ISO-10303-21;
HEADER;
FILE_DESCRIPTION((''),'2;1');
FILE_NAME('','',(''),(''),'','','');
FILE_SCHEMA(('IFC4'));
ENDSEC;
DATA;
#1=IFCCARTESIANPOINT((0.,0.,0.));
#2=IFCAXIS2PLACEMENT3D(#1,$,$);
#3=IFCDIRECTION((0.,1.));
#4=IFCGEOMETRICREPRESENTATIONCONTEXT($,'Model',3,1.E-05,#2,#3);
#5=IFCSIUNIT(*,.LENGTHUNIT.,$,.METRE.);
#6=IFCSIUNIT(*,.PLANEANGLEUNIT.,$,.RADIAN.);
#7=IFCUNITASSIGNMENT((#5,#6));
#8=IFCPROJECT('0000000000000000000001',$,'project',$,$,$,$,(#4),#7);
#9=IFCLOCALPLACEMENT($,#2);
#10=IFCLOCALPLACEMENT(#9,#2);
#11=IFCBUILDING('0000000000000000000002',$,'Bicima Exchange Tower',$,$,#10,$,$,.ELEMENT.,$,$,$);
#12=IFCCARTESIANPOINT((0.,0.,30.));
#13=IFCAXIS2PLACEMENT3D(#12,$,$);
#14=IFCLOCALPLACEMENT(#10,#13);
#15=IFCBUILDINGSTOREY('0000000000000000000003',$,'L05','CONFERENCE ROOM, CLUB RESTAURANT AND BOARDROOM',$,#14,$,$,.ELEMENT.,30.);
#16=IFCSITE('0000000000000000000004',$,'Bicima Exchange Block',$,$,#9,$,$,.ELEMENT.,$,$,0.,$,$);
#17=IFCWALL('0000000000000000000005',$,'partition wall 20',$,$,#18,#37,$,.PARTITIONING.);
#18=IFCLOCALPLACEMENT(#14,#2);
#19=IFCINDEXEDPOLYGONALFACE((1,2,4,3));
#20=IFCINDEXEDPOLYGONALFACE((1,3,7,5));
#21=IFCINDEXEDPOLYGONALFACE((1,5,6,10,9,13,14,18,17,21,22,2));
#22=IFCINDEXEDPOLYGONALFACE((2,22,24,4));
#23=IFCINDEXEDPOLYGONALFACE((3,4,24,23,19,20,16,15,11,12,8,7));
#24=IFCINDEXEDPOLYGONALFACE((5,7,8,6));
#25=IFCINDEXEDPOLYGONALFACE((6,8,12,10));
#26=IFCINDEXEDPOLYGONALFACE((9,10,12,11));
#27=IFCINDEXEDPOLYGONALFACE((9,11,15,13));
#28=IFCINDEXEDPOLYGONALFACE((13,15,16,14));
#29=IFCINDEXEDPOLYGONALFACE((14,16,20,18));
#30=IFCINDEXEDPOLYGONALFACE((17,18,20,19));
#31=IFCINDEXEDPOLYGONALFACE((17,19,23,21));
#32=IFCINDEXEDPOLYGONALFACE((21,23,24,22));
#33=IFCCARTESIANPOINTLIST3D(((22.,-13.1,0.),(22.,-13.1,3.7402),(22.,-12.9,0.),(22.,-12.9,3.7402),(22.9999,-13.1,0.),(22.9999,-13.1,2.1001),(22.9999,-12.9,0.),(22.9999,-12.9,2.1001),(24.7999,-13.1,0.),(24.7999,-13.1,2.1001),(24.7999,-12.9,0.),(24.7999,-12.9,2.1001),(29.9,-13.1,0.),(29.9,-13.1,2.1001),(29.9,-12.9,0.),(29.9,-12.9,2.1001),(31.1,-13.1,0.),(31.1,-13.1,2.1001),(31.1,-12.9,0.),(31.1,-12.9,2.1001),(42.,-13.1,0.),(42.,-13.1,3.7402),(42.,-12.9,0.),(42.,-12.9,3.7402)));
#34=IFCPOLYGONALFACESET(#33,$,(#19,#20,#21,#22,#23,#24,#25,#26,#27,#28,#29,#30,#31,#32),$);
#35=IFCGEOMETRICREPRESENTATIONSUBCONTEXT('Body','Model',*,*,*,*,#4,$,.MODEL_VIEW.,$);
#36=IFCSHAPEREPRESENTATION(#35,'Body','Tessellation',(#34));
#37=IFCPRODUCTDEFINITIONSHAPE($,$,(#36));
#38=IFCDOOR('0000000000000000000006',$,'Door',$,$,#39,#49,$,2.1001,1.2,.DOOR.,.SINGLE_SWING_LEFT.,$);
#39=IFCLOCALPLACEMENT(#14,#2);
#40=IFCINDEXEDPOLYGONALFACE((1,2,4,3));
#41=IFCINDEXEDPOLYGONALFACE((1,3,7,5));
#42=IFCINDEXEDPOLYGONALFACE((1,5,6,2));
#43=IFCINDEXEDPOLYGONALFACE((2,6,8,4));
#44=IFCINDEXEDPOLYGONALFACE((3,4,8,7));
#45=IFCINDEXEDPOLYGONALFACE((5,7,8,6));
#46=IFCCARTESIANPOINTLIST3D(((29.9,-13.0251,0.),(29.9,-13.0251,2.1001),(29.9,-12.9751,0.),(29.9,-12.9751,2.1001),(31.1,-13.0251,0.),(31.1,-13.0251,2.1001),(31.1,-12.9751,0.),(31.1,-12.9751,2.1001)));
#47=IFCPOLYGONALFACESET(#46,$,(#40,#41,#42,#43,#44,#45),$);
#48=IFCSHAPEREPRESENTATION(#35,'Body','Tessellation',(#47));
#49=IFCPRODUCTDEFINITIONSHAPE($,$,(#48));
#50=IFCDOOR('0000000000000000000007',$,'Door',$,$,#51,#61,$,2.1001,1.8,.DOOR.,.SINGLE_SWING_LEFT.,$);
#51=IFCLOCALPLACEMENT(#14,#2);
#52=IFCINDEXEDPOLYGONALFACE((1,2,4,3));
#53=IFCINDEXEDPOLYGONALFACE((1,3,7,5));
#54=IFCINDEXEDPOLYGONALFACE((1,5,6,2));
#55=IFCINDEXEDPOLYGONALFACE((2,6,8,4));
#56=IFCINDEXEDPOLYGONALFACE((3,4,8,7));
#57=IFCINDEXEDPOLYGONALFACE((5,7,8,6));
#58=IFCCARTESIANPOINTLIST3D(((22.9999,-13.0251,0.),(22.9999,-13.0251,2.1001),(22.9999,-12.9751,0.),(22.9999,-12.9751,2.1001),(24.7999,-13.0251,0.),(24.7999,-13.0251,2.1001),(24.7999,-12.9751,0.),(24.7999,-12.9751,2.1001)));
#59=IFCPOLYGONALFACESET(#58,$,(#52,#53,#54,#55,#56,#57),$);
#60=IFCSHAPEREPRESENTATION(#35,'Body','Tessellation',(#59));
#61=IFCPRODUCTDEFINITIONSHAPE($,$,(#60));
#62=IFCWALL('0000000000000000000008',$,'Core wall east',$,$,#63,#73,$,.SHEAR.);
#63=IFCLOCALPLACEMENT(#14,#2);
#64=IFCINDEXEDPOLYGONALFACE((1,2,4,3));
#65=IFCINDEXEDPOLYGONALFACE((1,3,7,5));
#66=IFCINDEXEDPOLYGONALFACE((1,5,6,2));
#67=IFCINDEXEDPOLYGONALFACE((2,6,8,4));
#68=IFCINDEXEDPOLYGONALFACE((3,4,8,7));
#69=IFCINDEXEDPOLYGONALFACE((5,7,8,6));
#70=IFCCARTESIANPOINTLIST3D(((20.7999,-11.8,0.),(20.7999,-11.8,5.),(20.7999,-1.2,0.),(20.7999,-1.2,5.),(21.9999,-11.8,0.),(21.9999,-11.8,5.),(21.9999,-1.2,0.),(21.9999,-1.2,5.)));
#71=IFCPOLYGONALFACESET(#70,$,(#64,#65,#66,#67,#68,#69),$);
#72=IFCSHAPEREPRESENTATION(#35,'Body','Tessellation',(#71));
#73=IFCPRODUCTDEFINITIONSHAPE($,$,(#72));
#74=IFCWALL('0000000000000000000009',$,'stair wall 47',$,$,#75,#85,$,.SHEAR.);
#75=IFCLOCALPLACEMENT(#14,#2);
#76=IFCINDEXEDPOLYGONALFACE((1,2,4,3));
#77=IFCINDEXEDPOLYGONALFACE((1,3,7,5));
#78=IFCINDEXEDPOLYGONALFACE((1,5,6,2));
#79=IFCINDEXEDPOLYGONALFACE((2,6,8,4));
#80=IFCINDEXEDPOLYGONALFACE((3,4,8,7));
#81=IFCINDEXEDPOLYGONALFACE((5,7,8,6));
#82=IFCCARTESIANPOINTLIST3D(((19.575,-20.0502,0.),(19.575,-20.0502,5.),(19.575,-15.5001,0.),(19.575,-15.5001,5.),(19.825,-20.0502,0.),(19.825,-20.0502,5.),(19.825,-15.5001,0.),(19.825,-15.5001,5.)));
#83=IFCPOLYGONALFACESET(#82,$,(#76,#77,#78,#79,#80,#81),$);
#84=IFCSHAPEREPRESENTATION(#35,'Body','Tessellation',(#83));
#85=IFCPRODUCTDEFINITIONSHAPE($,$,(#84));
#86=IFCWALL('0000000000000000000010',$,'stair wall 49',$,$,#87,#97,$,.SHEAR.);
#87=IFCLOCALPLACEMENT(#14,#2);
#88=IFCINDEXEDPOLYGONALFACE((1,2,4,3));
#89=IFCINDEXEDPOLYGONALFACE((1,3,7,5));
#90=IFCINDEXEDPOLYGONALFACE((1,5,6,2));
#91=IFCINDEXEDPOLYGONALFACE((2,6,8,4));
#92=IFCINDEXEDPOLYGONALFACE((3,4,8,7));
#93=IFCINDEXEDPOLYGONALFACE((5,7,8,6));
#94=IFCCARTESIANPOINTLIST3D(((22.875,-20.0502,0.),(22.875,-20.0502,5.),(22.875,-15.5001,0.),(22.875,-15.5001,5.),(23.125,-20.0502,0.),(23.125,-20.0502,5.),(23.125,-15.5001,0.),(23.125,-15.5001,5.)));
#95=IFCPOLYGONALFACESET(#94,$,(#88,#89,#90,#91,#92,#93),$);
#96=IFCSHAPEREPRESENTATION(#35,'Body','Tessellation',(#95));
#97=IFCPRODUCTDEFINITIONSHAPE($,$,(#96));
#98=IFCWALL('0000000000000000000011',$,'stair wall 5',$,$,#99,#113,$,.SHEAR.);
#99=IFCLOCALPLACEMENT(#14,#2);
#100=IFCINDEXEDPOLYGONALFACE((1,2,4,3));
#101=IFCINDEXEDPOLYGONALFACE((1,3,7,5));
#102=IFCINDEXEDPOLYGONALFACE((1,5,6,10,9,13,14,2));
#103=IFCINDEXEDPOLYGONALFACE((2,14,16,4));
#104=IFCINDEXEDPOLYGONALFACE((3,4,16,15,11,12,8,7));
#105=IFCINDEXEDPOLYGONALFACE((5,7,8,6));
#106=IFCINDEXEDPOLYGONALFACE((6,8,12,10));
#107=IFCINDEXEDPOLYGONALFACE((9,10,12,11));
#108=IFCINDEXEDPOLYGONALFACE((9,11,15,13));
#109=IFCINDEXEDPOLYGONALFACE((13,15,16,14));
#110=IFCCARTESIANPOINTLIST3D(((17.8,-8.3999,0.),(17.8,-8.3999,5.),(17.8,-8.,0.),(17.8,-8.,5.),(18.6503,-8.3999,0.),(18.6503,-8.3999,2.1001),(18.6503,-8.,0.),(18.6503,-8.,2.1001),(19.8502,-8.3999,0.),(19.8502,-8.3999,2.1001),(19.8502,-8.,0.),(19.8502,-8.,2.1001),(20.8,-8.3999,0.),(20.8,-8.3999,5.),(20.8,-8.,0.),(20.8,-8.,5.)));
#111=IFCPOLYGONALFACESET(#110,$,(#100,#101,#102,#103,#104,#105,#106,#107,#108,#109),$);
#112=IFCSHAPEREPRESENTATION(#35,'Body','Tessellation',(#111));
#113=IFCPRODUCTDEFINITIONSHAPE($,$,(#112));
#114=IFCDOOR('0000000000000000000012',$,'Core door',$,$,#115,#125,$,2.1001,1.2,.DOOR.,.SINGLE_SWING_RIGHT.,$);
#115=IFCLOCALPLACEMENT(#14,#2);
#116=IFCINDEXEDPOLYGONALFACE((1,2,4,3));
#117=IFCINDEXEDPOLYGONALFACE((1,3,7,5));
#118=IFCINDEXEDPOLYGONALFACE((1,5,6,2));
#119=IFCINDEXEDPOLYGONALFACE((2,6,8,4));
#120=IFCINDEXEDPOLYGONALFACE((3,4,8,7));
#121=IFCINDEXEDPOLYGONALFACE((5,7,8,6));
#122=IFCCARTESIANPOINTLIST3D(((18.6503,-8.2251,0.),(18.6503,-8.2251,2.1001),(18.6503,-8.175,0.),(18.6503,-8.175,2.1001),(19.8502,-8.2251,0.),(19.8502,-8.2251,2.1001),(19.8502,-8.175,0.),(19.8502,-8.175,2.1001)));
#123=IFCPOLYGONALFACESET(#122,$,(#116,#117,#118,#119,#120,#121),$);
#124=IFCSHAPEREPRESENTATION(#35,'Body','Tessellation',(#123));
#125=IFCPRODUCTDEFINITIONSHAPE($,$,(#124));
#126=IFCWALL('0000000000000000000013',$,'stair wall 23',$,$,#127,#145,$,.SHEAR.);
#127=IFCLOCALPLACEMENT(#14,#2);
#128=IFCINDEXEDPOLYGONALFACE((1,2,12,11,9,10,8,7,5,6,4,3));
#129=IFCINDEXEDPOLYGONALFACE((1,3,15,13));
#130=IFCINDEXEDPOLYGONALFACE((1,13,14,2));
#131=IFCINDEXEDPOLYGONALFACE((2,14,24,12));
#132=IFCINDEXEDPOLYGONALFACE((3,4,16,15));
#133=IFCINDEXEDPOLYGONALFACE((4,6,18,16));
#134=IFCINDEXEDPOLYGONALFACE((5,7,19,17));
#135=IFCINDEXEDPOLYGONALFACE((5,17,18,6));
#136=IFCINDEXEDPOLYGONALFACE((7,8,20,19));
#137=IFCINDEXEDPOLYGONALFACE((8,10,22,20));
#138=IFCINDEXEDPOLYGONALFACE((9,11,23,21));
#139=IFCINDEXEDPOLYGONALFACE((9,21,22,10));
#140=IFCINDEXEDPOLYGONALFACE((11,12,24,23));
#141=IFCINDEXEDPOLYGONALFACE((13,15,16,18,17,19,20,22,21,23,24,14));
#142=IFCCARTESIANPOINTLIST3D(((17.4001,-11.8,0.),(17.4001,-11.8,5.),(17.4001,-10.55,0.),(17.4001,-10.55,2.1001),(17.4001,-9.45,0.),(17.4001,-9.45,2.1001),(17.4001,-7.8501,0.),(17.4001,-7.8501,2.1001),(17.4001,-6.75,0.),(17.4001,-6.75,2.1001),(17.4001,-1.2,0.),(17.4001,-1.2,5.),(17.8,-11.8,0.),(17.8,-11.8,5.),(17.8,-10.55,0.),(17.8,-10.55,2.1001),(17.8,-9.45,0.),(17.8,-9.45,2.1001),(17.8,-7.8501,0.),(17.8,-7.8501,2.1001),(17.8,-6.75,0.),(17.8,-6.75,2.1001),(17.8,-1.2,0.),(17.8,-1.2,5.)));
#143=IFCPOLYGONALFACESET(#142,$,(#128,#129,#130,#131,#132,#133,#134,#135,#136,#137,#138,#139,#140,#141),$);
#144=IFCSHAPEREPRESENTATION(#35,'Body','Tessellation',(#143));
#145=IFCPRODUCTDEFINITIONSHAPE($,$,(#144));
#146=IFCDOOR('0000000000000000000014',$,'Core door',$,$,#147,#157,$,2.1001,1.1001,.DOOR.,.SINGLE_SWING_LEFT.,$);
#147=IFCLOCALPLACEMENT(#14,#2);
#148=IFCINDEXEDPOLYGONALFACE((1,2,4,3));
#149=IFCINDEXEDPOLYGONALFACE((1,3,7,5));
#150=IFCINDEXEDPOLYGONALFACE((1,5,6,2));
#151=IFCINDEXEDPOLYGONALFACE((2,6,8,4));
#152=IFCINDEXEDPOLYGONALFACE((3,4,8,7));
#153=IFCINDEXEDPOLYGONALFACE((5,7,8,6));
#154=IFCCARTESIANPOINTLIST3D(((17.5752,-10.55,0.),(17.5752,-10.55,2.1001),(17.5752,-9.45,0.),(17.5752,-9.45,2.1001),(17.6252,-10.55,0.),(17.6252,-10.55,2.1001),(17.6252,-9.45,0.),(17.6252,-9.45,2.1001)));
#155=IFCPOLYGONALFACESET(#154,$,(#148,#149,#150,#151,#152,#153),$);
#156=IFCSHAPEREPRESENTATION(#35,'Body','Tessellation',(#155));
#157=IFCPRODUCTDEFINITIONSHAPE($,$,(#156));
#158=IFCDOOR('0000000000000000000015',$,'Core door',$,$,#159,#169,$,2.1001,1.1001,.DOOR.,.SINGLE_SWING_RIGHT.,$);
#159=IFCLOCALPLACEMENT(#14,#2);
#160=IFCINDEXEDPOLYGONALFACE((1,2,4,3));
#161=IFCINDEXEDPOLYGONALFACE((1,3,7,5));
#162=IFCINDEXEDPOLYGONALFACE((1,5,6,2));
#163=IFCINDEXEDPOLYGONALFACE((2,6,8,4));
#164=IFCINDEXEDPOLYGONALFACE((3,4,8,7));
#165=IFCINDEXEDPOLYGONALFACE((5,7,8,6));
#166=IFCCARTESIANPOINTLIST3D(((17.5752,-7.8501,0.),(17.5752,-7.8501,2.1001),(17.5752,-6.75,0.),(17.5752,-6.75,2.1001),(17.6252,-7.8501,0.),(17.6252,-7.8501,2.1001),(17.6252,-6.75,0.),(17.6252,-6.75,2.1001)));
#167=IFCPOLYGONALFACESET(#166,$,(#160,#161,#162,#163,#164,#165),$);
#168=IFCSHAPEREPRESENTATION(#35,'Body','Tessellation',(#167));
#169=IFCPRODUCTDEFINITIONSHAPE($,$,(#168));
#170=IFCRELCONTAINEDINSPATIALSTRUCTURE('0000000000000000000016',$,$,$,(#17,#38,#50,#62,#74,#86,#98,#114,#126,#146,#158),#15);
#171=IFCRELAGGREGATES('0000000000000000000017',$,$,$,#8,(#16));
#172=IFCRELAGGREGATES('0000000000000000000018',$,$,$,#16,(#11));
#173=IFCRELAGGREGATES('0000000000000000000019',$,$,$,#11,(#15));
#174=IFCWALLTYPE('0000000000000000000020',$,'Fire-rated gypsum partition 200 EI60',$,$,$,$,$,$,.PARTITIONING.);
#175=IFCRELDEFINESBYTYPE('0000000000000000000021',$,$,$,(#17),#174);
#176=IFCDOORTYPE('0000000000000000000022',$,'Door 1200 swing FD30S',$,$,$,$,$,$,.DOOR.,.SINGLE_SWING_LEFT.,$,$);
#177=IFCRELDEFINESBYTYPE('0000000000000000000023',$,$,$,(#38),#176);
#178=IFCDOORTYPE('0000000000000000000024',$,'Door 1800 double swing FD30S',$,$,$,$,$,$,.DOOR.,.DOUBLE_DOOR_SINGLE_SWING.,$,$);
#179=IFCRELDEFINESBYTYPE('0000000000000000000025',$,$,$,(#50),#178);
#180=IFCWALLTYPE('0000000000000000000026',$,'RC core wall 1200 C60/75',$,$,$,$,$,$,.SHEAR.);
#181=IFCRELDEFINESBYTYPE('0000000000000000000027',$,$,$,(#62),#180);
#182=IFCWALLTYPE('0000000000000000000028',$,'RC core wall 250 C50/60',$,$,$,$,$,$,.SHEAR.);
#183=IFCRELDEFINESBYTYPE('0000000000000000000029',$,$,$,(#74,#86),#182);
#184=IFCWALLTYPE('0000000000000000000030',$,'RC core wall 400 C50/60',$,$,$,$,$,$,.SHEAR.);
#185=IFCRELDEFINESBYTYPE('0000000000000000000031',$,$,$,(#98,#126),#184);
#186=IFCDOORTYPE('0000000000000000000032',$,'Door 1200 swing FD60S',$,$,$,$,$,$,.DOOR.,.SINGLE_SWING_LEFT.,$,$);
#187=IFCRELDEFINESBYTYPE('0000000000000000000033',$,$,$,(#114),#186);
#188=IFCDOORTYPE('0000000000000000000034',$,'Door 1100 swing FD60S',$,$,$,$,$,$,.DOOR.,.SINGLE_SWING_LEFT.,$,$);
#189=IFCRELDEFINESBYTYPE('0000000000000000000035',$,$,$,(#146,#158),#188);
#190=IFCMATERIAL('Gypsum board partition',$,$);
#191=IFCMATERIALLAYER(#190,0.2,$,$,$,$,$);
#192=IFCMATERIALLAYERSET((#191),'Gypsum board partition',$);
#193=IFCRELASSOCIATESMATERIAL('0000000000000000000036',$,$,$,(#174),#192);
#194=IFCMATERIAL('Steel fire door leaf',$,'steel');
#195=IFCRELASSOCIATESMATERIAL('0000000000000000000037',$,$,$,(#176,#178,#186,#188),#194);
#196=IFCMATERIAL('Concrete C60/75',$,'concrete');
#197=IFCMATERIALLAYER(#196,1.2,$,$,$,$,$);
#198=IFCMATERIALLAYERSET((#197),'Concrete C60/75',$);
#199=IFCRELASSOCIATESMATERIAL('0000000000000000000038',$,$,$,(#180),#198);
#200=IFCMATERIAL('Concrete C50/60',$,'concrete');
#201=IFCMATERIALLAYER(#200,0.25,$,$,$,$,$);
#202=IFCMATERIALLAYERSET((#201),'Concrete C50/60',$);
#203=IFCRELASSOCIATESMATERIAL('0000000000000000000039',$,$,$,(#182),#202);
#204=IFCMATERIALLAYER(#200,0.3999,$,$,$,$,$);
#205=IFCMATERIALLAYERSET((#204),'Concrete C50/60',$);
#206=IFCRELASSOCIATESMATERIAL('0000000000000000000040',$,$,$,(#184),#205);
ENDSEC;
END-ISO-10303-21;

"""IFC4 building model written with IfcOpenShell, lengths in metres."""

from ifc_helpers import new_model, si_unit, direction, frame, frame_2d, origin, place, context, subcontext, project, spatial, rectangle, extrude, material, layer, layer_set, type_object, element, fill, save


model = new_model("IFC4")

# Units and contexts
model_context = context("Model", 3, precision=1e-05, world=origin(), true_north=direction((0.0, 1.0)))
body_context = subcontext(model_context, "Body", "Model", "MODEL_VIEW")
ifc_project = project(units=[si_unit("LENGTHUNIT", "METRE"), si_unit("PLANEANGLEUNIT", "RADIAN")], contexts=[model_context])

# Site, building, storey
site_placement = place(None, origin())
site = spatial("IfcSite", under=ifc_project, at=site_placement, Name="Bicima Exchange Block", CompositionType="ELEMENT", RefElevation=0.0)
building_placement = place(site_placement, origin())
building = spatial("IfcBuilding", under=site, at=building_placement, Name="Bicima Exchange Tower", CompositionType="ELEMENT")
storey_placement = place(building_placement, frame((0.0, 0.0, 30.0)))
storey = spatial("IfcBuildingStorey", under=building, at=storey_placement, Name="L05", Description="CONFERENCE ROOM, CLUB RESTAURANT AND BOARDROOM", CompositionType="ELEMENT", Elevation=30.0)

# Shared definitions
ifc_material_1 = material(Name="Gypsum board partition")

# Wall, openings, doors
ifc_layer_1 = layer(ifc_material_1, 0.2)
ifc_layer_set_1 = layer_set([ifc_layer_1], Name="Gypsum board partition")
wall_type_1 = type_object("IfcWallType", Name="Fire-rated gypsum partition 200 EI60", PredefinedType="PARTITIONING", material=ifc_layer_set_1)
ifc_material_2 = material(Name="Steel fire door leaf", Category="steel")
wall_1_placement = place(storey_placement, frame((22.0, -13.0, 0.0), z_axis=(0.0, 0.0, 1.0), x_axis=(1.0, 0.0, 0.0)))
wall_1 = element("IfcWall", 1, at=wall_1_placement, inside=storey, type_object=wall_type_1, Name="partition wall 20", PredefinedType="PARTITIONING", context=body_context, shape_type="SweptSolid", body=[
    extrude(rectangle(XDim=20.0, YDim=0.2, at=frame_2d((10.0, 0.0))), origin(), (0.0, 0.0, 1.0), 3.7402),
])
opening_1_placement = place(wall_1_placement, frame((7.8999, 0.0, 0.0)))
opening_1 = element("IfcOpeningElement", 2, at=opening_1_placement, cuts=wall_1, PredefinedType="OPENING", context=body_context, shape_type="SweptSolid", body=[
    extrude(rectangle(XDim=1.2, YDim=2.1001, at=frame_2d((0.6001, 1.05))), frame((0.0, 0.1118, 0.0), z_axis=(0.0, -1.0, 0.0), x_axis=(1.0, 0.0, 0.0)), (0.0, 0.0, 1.0), 0.2239),
])
opening_2_placement = place(wall_1_placement, frame((1.0, 0.0, 0.0)))
opening_2 = element("IfcOpeningElement", 3, at=opening_2_placement, cuts=wall_1, PredefinedType="OPENING", context=body_context, shape_type="SweptSolid", body=[
    extrude(rectangle(XDim=1.8, YDim=2.1001, at=frame_2d((0.8999, 1.05))), frame((0.0, 0.1118, 0.0), z_axis=(0.0, -1.0, 0.0), x_axis=(1.0, 0.0, 0.0)), (0.0, 0.0, 1.0), 0.2239),
])
door_type_1 = type_object("IfcDoorType", Name="Door 1200 swing FD30S", OperationType="SINGLE_SWING_LEFT", PredefinedType="DOOR", material=ifc_material_2)
door_1_placement = place(opening_1_placement, origin())
door_1 = element("IfcDoor", 4, at=door_1_placement, inside=storey, type_object=door_type_1, Name="Door", OperationType="SINGLE_SWING_LEFT", OverallHeight=2.1001, OverallWidth=1.2, PredefinedType="DOOR", context=body_context, shape_type="SweptSolid", body=[
    extrude(rectangle(XDim=1.2, YDim=2.1001, at=frame_2d((0.6001, 1.05))), frame((0.0, 0.0249, 0.0), z_axis=(0.0, -1.0, 0.0), x_axis=(1.0, 0.0, 0.0)), (0.0, 0.0, 1.0), 0.05),
])
fill(opening_1, door_1)
door_type_2 = type_object("IfcDoorType", Name="Door 1800 double swing FD30S", OperationType="DOUBLE_DOOR_SINGLE_SWING", PredefinedType="DOOR", material=ifc_material_2)
door_2_placement = place(opening_2_placement, origin())
door_2 = element("IfcDoor", 5, at=door_2_placement, inside=storey, type_object=door_type_2, Name="Door", OperationType="SINGLE_SWING_LEFT", OverallHeight=2.1001, OverallWidth=1.8, PredefinedType="DOOR", context=body_context, shape_type="SweptSolid", body=[
    extrude(rectangle(XDim=1.8, YDim=2.1001, at=frame_2d((0.8999, 1.05))), frame((0.0, 0.0249, 0.0), z_axis=(0.0, -1.0, 0.0), x_axis=(1.0, 0.0, 0.0)), (0.0, 0.0, 1.0), 0.05),
])
fill(opening_2, door_2)

# Walls
ifc_material_3 = material(Name="Concrete C60/75", Category="concrete")
ifc_layer_2 = layer(ifc_material_3, 1.2)
ifc_layer_set_2 = layer_set([ifc_layer_2], Name="Concrete C60/75")
wall_type_2 = type_object("IfcWallType", Name="RC core wall 1200 C60/75", PredefinedType="SHEAR", material=ifc_layer_set_2)
wall_2_placement = place(storey_placement, frame((21.3999, -11.8, 0.0), z_axis=(0.0, 0.0, 1.0), x_axis=(0.0, 1.0, 0.0)))
element("IfcWall", 6, at=wall_2_placement, inside=storey, type_object=wall_type_2, Name="Core wall east", PredefinedType="SHEAR", context=body_context, shape_type="SweptSolid", body=[
    extrude(rectangle(XDim=10.6001, YDim=1.2, at=frame_2d((5.3, 0.0))), origin(), (0.0, 0.0, 1.0), 5.0),
])
ifc_material_4 = material(Name="Concrete C50/60", Category="concrete")
ifc_layer_3 = layer(ifc_material_4, 0.25)
ifc_layer_set_3 = layer_set([ifc_layer_3], Name="Concrete C50/60")
wall_type_3 = type_object("IfcWallType", Name="RC core wall 250 C50/60", PredefinedType="SHEAR", material=ifc_layer_set_3)
for number, where, z_axis, x_axis, name in (
    (7, (19.7, -20.05, 0.0), (0.0, 0.0, 1.0), (0.0, 1.0, 0.0), "stair wall 47"),
    (8, (23.0, -20.05, 0.0), (0.0, 0.0, 1.0), (0.0, 1.0, 0.0), "stair wall 49"),
):
    element("IfcWall", number, at=place(storey_placement, frame(where, z_axis=z_axis, x_axis=x_axis)), inside=storey, type_object=wall_type_3, Name=name, PredefinedType="SHEAR", context=body_context, shape_type="SweptSolid", body=[
        extrude(rectangle(XDim=4.55, YDim=0.25, at=frame_2d((2.2749, 0.0))), origin(), (0.0, 0.0, 1.0), 5.0),
    ])

# Wall, opening, door
ifc_layer_4 = layer(ifc_material_4, 0.3999)
ifc_layer_set_4 = layer_set([ifc_layer_4], Name="Concrete C50/60")
wall_type_4 = type_object("IfcWallType", Name="RC core wall 400 C50/60", PredefinedType="SHEAR", material=ifc_layer_set_4)
wall_3_placement = place(storey_placement, frame((17.8, -8.2, 0.0), z_axis=(0.0, 0.0, 1.0), x_axis=(1.0, 0.0, 0.0)))
wall_3 = element("IfcWall", 9, at=wall_3_placement, inside=storey, type_object=wall_type_4, Name="stair wall 5", PredefinedType="SHEAR", context=body_context, shape_type="SweptSolid", body=[
    extrude(rectangle(XDim=3.0, YDim=0.3999, at=frame_2d((1.5, 0.0))), origin(), (0.0, 0.0, 1.0), 5.0),
])
opening_3_placement = place(wall_3_placement, frame((0.8501, 0.0, 0.0)))
opening_3 = element("IfcOpeningElement", 10, at=opening_3_placement, cuts=wall_3, PredefinedType="OPENING", context=body_context, shape_type="SweptSolid", body=[
    extrude(rectangle(XDim=1.2, YDim=2.1001, at=frame_2d((0.6001, 1.05))), frame((0.0, 0.2119, 0.0), z_axis=(0.0, -1.0, 0.0), x_axis=(1.0, 0.0, 0.0)), (0.0, 0.0, 1.0), 0.4238),
])
door_type_3 = type_object("IfcDoorType", Name="Door 1200 swing FD60S", OperationType="SINGLE_SWING_LEFT", PredefinedType="DOOR", material=ifc_material_2)
door_3_placement = place(opening_3_placement, origin())
door_3 = element("IfcDoor", 11, at=door_3_placement, inside=storey, type_object=door_type_3, Name="Core door", OperationType="SINGLE_SWING_RIGHT", OverallHeight=2.1001, OverallWidth=1.2, PredefinedType="DOOR", context=body_context, shape_type="SweptSolid", body=[
    extrude(rectangle(XDim=1.2, YDim=2.1001, at=frame_2d((0.6001, 1.05))), frame((0.0, 0.0249, 0.0), z_axis=(0.0, -1.0, 0.0), x_axis=(1.0, 0.0, 0.0)), (0.0, 0.0, 1.0), 0.05),
])
fill(opening_3, door_3)

# Wall, openings, doors
wall_4_placement = place(storey_placement, frame((17.6001, -11.8, 0.0), z_axis=(0.0, 0.0, 1.0), x_axis=(0.0, 1.0, 0.0)))
wall_4 = element("IfcWall", 12, at=wall_4_placement, inside=storey, type_object=wall_type_4, Name="stair wall 23", PredefinedType="SHEAR", context=body_context, shape_type="SweptSolid", body=[
    extrude(rectangle(XDim=10.6001, YDim=0.3999, at=frame_2d((5.3, 0.0))), origin(), (0.0, 0.0, 1.0), 5.0),
])
opening_4_placement = place(wall_4_placement, frame((1.25, 0.0, 0.0)))
opening_4 = element("IfcOpeningElement", 13, at=opening_4_placement, cuts=wall_4, PredefinedType="OPENING", context=body_context, shape_type="SweptSolid", body=[
    extrude(rectangle(XDim=1.1001, YDim=2.1001, at=frame_2d((0.55, 1.05))), frame((0.0, 0.2119, 0.0), z_axis=(0.0, -1.0, 0.0), x_axis=(1.0, 0.0, 0.0)), (0.0, 0.0, 1.0), 0.4238),
])
opening_5_placement = place(wall_4_placement, frame((3.95, 0.0, 0.0)))
opening_5 = element("IfcOpeningElement", 14, at=opening_5_placement, cuts=wall_4, PredefinedType="OPENING", context=body_context, shape_type="SweptSolid", body=[
    extrude(rectangle(XDim=1.1001, YDim=2.1001, at=frame_2d((0.55, 1.05))), frame((0.0, 0.2119, 0.0), z_axis=(0.0, -1.0, 0.0), x_axis=(1.0, 0.0, 0.0)), (0.0, 0.0, 1.0), 0.4238),
])
door_type_4 = type_object("IfcDoorType", Name="Door 1100 swing FD60S", OperationType="SINGLE_SWING_LEFT", PredefinedType="DOOR", material=ifc_material_2)
door_4_placement = place(opening_4_placement, origin())
door_4 = element("IfcDoor", 15, at=door_4_placement, inside=storey, type_object=door_type_4, Name="Core door", OperationType="SINGLE_SWING_LEFT", OverallHeight=2.1001, OverallWidth=1.1001, PredefinedType="DOOR", context=body_context, shape_type="SweptSolid", body=[
    extrude(rectangle(XDim=1.1001, YDim=2.1001, at=frame_2d((0.55, 1.05))), frame((0.0, 0.0249, 0.0), z_axis=(0.0, -1.0, 0.0), x_axis=(1.0, 0.0, 0.0)), (0.0, 0.0, 1.0), 0.05),
])
fill(opening_4, door_4)
door_5_placement = place(opening_5_placement, origin())
door_5 = element("IfcDoor", 16, at=door_5_placement, inside=storey, type_object=door_type_4, Name="Core door", OperationType="SINGLE_SWING_RIGHT", OverallHeight=2.1001, OverallWidth=1.1001, PredefinedType="DOOR", context=body_context, shape_type="SweptSolid", body=[
    extrude(rectangle(XDim=1.1001, YDim=2.1001, at=frame_2d((0.55, 1.05))), frame((0.0, 0.0249, 0.0), z_axis=(0.0, -1.0, 0.0), x_axis=(1.0, 0.0, 0.0)), (0.0, 0.0, 1.0), 0.05),
])
fill(opening_5, door_5)

save(model, "model.ifc")
